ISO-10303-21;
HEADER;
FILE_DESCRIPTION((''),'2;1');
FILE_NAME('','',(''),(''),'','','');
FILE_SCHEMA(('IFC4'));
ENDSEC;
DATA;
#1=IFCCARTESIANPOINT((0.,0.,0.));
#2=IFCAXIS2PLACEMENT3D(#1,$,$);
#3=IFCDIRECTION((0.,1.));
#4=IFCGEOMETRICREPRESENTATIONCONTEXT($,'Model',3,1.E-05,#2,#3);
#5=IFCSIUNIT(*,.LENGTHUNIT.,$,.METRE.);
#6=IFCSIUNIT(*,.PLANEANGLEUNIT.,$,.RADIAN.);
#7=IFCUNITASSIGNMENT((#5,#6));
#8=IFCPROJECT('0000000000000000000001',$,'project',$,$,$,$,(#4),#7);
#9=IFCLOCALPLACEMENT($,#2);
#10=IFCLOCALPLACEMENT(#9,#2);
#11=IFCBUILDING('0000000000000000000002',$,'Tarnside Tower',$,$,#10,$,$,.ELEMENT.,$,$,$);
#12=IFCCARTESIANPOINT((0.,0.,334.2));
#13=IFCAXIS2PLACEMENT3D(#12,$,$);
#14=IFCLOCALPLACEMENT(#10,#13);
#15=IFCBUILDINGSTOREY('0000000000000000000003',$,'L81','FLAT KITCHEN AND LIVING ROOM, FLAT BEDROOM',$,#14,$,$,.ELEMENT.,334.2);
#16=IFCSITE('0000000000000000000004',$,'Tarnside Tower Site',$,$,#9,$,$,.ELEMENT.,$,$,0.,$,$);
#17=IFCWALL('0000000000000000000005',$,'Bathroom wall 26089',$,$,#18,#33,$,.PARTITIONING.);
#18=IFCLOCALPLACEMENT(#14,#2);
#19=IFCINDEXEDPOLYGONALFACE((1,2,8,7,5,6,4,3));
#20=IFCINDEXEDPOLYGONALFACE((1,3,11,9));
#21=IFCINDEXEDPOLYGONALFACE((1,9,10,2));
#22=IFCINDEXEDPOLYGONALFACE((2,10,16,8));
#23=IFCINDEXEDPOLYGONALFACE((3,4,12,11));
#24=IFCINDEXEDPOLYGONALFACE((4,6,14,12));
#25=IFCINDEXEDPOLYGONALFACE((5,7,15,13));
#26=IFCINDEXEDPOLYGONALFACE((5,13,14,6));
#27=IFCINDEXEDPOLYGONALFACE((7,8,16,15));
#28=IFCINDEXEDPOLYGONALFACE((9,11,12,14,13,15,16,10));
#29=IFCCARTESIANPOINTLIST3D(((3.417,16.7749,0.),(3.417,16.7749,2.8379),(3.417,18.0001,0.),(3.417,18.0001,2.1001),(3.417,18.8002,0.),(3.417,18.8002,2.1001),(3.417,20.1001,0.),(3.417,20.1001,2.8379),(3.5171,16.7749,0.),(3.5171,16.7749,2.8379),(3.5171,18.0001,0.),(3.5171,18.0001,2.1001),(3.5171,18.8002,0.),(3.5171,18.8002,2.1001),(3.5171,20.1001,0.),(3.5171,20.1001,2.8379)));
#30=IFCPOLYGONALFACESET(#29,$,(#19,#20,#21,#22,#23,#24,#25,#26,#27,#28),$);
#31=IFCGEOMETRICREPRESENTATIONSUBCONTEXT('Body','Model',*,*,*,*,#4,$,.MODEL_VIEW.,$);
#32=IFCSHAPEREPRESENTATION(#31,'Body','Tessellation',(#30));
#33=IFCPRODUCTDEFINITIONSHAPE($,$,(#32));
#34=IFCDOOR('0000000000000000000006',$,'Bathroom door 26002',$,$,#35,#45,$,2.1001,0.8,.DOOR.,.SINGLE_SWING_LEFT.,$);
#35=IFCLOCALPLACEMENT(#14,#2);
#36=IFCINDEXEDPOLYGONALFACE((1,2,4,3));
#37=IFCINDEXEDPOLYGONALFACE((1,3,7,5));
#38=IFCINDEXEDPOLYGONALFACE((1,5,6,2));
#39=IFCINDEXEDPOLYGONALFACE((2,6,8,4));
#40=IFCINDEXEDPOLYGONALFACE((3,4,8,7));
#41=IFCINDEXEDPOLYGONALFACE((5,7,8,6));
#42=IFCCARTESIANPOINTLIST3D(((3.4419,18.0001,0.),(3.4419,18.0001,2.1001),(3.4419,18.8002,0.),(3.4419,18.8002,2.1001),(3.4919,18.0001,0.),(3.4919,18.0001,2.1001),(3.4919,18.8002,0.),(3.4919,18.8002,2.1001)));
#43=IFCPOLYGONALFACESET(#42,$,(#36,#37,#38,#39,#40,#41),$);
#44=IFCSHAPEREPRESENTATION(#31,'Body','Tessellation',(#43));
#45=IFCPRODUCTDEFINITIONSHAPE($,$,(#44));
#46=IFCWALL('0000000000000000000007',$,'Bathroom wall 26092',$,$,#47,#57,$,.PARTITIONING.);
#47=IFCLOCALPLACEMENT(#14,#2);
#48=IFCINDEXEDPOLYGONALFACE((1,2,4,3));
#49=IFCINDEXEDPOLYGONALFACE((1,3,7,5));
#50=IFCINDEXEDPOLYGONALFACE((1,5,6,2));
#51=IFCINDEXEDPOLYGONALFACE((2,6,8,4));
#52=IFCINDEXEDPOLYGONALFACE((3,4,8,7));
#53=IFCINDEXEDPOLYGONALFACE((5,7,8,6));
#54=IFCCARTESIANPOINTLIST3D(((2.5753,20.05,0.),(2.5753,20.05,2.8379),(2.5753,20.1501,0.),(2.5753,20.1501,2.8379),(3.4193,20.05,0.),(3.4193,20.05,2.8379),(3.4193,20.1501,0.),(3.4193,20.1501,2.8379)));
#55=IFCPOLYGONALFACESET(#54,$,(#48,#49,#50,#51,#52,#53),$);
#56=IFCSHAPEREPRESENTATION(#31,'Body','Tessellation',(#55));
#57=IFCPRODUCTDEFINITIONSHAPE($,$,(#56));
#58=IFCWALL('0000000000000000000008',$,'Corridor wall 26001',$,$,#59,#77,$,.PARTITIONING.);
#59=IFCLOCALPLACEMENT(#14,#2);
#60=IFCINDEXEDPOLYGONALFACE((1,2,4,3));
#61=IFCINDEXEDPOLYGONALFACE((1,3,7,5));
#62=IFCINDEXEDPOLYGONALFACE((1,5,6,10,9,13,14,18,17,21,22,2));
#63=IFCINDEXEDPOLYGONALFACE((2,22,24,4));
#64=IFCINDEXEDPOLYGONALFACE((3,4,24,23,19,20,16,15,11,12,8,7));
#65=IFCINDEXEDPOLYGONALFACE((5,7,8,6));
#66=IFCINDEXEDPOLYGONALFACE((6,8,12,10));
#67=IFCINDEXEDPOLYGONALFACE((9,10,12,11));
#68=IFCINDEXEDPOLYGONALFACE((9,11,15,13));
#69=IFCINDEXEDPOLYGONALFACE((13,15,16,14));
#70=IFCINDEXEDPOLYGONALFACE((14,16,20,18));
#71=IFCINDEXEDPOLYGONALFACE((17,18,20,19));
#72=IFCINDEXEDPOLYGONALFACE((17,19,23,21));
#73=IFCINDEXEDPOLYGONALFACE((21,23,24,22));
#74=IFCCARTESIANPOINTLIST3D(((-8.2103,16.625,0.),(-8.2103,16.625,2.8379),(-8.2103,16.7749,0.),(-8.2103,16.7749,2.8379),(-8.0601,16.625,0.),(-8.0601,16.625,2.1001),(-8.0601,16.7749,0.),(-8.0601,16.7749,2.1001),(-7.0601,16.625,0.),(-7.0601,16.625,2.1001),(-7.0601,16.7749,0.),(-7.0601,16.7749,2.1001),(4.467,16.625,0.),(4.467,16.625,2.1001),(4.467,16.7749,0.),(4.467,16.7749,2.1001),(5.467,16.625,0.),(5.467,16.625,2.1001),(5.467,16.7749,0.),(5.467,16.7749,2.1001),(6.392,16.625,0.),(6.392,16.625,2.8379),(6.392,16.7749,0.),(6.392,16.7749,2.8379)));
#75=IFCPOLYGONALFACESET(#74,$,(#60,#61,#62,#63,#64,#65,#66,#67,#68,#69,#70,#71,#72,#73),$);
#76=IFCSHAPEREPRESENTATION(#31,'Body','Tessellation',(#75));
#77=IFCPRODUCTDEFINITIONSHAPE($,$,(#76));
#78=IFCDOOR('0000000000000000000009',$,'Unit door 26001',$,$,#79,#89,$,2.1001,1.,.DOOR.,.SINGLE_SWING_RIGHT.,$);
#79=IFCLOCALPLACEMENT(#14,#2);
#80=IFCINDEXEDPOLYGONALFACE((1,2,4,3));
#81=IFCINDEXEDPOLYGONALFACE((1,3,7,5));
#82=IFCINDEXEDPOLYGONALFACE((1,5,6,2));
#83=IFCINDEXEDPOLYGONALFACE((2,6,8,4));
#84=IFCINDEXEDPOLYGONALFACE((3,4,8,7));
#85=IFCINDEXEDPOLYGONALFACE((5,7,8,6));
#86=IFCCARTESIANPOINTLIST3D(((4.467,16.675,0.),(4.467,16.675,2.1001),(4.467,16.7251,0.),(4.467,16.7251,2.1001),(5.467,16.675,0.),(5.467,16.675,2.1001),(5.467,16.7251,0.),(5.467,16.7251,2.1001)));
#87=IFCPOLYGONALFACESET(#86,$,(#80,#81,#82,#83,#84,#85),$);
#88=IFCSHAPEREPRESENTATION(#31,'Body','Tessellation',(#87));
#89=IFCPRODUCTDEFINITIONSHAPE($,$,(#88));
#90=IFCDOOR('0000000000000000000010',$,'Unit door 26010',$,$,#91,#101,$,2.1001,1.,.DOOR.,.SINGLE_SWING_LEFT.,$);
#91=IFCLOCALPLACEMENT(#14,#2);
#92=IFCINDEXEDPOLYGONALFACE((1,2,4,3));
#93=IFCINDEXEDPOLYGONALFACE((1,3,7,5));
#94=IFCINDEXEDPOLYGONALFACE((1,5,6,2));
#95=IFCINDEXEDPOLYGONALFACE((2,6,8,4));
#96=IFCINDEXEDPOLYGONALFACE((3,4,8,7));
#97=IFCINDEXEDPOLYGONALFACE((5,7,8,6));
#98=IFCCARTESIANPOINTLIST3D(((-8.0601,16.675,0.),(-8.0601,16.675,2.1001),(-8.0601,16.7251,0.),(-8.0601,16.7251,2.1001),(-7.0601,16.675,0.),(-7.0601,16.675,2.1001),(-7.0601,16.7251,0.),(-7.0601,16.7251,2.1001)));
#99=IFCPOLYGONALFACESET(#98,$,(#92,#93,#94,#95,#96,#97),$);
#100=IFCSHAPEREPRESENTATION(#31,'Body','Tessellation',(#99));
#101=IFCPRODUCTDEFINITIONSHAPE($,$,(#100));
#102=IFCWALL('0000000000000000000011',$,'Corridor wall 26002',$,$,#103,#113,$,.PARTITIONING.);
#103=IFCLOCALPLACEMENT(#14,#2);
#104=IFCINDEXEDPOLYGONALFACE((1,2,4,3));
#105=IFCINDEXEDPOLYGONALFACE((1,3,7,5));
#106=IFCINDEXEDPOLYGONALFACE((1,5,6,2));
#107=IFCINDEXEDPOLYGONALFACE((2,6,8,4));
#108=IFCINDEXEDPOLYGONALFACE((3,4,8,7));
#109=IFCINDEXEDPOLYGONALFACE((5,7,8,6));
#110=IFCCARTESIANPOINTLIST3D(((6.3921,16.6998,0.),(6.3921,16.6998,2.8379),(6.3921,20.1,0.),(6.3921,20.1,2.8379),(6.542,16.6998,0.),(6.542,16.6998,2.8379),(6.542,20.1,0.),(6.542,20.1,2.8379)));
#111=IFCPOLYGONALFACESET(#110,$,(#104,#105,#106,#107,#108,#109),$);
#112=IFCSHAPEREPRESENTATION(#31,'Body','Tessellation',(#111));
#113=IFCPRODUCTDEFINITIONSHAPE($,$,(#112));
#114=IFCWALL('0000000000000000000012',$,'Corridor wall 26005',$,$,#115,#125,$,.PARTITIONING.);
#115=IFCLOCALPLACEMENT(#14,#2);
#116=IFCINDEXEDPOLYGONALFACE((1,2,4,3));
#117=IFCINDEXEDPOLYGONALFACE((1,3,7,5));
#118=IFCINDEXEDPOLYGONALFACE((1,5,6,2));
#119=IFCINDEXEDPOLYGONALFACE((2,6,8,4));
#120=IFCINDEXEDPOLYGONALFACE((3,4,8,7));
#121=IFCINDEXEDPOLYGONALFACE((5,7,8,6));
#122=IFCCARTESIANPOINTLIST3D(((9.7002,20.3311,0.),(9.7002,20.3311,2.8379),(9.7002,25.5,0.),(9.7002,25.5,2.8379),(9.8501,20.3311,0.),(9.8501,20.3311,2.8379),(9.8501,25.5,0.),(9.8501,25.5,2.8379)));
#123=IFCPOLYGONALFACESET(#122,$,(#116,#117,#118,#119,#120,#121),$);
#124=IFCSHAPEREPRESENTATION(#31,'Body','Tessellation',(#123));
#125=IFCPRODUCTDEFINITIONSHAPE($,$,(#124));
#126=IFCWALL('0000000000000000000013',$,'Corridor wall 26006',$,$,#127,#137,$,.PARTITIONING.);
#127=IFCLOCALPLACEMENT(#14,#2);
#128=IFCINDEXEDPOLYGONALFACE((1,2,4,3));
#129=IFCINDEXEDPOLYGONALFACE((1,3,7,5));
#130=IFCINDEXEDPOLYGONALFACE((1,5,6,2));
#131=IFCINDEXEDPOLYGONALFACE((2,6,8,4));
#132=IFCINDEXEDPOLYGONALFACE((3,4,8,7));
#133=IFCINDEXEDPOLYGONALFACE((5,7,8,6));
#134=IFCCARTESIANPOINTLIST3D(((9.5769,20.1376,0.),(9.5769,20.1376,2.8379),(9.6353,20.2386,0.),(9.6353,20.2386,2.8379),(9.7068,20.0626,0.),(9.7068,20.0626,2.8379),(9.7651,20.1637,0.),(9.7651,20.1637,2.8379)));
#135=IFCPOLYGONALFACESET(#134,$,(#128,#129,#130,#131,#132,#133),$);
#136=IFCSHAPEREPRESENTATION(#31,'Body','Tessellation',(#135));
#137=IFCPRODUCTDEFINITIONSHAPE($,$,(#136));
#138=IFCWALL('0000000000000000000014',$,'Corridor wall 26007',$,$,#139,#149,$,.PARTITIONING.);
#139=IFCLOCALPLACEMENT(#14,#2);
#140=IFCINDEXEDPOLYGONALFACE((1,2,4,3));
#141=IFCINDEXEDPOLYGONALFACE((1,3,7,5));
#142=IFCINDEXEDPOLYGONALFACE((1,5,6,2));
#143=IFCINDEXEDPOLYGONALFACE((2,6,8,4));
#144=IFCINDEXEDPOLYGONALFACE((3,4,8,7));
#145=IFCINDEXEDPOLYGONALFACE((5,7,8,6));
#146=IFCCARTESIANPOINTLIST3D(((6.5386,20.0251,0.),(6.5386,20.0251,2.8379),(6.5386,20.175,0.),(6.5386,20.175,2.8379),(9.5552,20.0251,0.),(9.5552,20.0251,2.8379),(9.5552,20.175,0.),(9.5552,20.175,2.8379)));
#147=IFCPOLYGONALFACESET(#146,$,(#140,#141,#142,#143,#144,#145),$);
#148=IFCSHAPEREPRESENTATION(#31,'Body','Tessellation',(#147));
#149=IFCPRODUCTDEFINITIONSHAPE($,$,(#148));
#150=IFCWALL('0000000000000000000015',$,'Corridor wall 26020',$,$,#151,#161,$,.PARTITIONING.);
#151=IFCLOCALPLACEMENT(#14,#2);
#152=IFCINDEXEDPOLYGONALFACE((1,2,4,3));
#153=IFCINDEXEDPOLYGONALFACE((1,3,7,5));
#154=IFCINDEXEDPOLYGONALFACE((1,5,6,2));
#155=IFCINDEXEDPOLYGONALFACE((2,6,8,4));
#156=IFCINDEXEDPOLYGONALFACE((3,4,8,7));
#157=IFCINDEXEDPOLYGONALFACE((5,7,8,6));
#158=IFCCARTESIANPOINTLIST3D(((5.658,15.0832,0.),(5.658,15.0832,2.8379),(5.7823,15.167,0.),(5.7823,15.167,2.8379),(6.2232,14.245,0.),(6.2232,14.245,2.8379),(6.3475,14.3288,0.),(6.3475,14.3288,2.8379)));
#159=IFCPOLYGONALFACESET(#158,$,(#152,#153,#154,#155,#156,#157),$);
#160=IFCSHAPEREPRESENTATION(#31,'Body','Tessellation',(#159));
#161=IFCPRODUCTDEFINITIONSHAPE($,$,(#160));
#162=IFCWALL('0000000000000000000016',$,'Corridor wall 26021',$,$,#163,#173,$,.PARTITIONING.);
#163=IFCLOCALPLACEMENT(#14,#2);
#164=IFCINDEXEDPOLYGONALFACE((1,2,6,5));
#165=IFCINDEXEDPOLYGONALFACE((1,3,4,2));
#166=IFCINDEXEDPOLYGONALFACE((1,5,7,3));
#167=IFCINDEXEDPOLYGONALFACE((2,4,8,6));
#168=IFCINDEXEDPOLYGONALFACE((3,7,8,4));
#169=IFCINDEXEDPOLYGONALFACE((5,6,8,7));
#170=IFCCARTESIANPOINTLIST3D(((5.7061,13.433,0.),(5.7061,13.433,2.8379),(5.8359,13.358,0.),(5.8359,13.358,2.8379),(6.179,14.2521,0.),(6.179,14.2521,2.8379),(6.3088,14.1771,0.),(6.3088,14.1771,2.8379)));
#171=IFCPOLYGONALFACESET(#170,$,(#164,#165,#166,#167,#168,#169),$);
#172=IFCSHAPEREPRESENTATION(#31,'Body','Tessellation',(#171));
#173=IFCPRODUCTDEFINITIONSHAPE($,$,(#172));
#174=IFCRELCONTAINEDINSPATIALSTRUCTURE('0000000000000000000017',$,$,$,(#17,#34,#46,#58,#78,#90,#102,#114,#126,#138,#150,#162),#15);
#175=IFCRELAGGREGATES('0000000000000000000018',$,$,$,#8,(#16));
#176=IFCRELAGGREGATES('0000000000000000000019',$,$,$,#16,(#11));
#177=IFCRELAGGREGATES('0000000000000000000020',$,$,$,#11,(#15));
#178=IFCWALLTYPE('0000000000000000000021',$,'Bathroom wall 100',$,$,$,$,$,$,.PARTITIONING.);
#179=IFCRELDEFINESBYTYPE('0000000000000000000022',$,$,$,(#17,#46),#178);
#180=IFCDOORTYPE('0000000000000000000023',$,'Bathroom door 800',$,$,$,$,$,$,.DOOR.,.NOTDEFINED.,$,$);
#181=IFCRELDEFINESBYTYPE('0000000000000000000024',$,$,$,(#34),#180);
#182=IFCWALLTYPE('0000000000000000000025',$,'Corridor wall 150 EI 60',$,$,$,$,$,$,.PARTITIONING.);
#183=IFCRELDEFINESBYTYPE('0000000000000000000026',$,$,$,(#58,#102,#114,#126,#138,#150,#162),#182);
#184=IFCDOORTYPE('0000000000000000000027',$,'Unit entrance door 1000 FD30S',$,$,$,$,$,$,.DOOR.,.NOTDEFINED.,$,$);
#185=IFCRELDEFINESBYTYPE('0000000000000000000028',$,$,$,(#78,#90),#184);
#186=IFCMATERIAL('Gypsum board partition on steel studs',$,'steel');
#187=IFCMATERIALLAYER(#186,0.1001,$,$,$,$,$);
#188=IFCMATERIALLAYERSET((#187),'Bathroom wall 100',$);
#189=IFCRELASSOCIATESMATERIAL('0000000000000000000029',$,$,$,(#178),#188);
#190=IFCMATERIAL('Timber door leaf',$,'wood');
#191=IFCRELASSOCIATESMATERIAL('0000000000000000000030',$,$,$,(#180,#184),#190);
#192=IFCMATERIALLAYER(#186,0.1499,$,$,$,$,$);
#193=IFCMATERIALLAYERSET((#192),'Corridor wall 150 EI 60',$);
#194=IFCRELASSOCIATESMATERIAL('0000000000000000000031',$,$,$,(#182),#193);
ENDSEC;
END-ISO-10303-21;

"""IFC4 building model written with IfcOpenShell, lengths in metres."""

from ifc_helpers import new_model, si_unit, direction, frame, frame_2d, origin, place, context, subcontext, project, spatial, rectangle, extrude, material, layer, layer_set, type_object, element, fill, save


model = new_model("IFC4")

# Units and contexts
model_context = context("Model", 3, precision=1e-05, world=origin(), true_north=direction((0.0, 1.0)))
body_context = subcontext(model_context, "Body", "Model", "MODEL_VIEW")
ifc_project = project(units=[si_unit("LENGTHUNIT", "METRE"), si_unit("PLANEANGLEUNIT", "RADIAN")], contexts=[model_context])

# Site, building, storey
site_placement = place(None, origin())
site = spatial("IfcSite", under=ifc_project, at=site_placement, Name="Tarnside Tower Site", CompositionType="ELEMENT", RefElevation=0.0)
building_placement = place(site_placement, origin())
building = spatial("IfcBuilding", under=site, at=building_placement, Name="Tarnside Tower", CompositionType="ELEMENT")
storey_placement = place(building_placement, frame((0.0, 0.0, 334.2)))
storey = spatial("IfcBuildingStorey", under=building, at=storey_placement, Name="L81", Description="FLAT KITCHEN AND LIVING ROOM, FLAT BEDROOM", CompositionType="ELEMENT", Elevation=334.2)

# Shared definitions
ifc_material_1 = material(Name="Gypsum board partition on steel studs", Category="steel")
ifc_layer_1 = layer(ifc_material_1, 0.1001)
ifc_layer_set_1 = layer_set([ifc_layer_1], Name="Bathroom wall 100")
wall_type_1 = type_object("IfcWallType", Name="Bathroom wall 100", PredefinedType="PARTITIONING", material=ifc_layer_set_1)

# Wall, opening, door
wall_1_placement = place(storey_placement, frame((3.467, 20.1001, 0.0), z_axis=(0.0, 0.0, 1.0), x_axis=(0.0, -1.0, 0.0)))
wall_1 = element("IfcWall", 1, at=wall_1_placement, inside=storey, type_object=wall_type_1, Name="Bathroom wall 26089", PredefinedType="PARTITIONING", context=body_context, shape_type="SweptSolid", body=[
    extrude(rectangle(XDim=3.3252, YDim=0.1001, at=frame_2d((1.6626, 0.0))), origin(), (0.0, 0.0, 1.0), 2.8379),
])
opening_1_placement = place(wall_1_placement, frame((1.3, 0.0, 0.0)))
opening_1 = element("IfcOpeningElement", 2, at=opening_1_placement, cuts=wall_1, PredefinedType="OPENING", context=body_context, shape_type="SweptSolid", body=[
    extrude(rectangle(XDim=0.8, YDim=2.1001, at=frame_2d((0.3999, 1.05))), frame((0.0, 0.0601, 0.0), z_axis=(0.0, -1.0, 0.0), x_axis=(1.0, 0.0, 0.0)), (0.0, 0.0, 1.0), 0.1201),
])
ifc_material_2 = material(Name="Timber door leaf", Category="wood")
door_type_1 = type_object("IfcDoorType", Name="Bathroom door 800", OperationType="NOTDEFINED", PredefinedType="DOOR", material=ifc_material_2)
door_1_placement = place(opening_1_placement, origin())
door_1 = element("IfcDoor", 3, at=door_1_placement, inside=storey, type_object=door_type_1, Name="Bathroom door 26002", OperationType="SINGLE_SWING_LEFT", OverallHeight=2.1001, OverallWidth=0.8, PredefinedType="DOOR", context=body_context, shape_type="SweptSolid", body=[
    extrude(rectangle(XDim=0.8, YDim=2.1001, at=frame_2d((0.3999, 1.05))), frame((0.0, 0.0249, 0.0), z_axis=(0.0, -1.0, 0.0), x_axis=(1.0, 0.0, 0.0)), (0.0, 0.0, 1.0), 0.05),
])
fill(opening_1, door_1)

# Wall
wall_2_placement = place(storey_placement, frame((3.4192, 20.1001, 0.0), z_axis=(0.0, 0.0, 1.0), x_axis=(-1.0, 0.0, 0.0)))
element("IfcWall", 4, at=wall_2_placement, inside=storey, type_object=wall_type_1, Name="Bathroom wall 26092", PredefinedType="PARTITIONING", context=body_context, shape_type="SweptSolid", body=[
    extrude(rectangle(XDim=0.844, YDim=0.1001, at=frame_2d((0.4219, 0.0))), origin(), (0.0, 0.0, 1.0), 2.8379),
])

# Wall, openings, doors
ifc_layer_2 = layer(ifc_material_1, 0.1499)
ifc_layer_set_2 = layer_set([ifc_layer_2], Name="Corridor wall 150 EI 60")
wall_type_2 = type_object("IfcWallType", Name="Corridor wall 150 EI 60", PredefinedType="PARTITIONING", material=ifc_layer_set_2)
wall_3_placement = place(storey_placement, frame((6.3921, 16.7, 0.0), z_axis=(0.0, 0.0, 1.0), x_axis=(-1.0, 0.0, 0.0)))
wall_3 = element("IfcWall", 5, at=wall_3_placement, inside=storey, type_object=wall_type_2, Name="Corridor wall 26001", PredefinedType="PARTITIONING", context=body_context, shape_type="SweptSolid", body=[
    extrude(rectangle(XDim=14.6023, YDim=0.1499, at=frame_2d((7.3013, 0.0))), origin(), (0.0, 0.0, 1.0), 2.8379),
])
opening_2_placement = place(wall_3_placement, frame((0.925, 0.0, 0.0)))
opening_2 = element("IfcOpeningElement", 6, at=opening_2_placement, cuts=wall_3, PredefinedType="OPENING", context=body_context, shape_type="SweptSolid", body=[
    extrude(rectangle(XDim=1.0, YDim=2.1001, at=frame_2d((0.5, 1.05))), frame((0.0, 0.085, 0.0), z_axis=(0.0, -1.0, 0.0), x_axis=(1.0, 0.0, 0.0)), (0.0, 0.0, 1.0), 0.1699),
])
opening_3_placement = place(wall_3_placement, frame((13.4521, 0.0, 0.0)))
opening_3 = element("IfcOpeningElement", 7, at=opening_3_placement, cuts=wall_3, PredefinedType="OPENING", context=body_context, shape_type="SweptSolid", body=[
    extrude(rectangle(XDim=1.0, YDim=2.1001, at=frame_2d((0.5, 1.05))), frame((0.0, 0.085, 0.0), z_axis=(0.0, -1.0, 0.0), x_axis=(1.0, 0.0, 0.0)), (0.0, 0.0, 1.0), 0.1699),
])
door_type_2 = type_object("IfcDoorType", Name="Unit entrance door 1000 FD30S", OperationType="NOTDEFINED", PredefinedType="DOOR", material=ifc_material_2)
door_2_placement = place(opening_2_placement, origin())
door_2 = element("IfcDoor", 8, at=door_2_placement, inside=storey, type_object=door_type_2, Name="Unit door 26001", OperationType="SINGLE_SWING_RIGHT", OverallHeight=2.1001, OverallWidth=1.0, PredefinedType="DOOR", context=body_context, shape_type="SweptSolid", body=[
    extrude(rectangle(XDim=1.0, YDim=2.1001, at=frame_2d((0.5, 1.05))), frame((0.0, 0.0249, 0.0), z_axis=(0.0, -1.0, 0.0), x_axis=(1.0, 0.0, 0.0)), (0.0, 0.0, 1.0), 0.05),
])
fill(opening_2, door_2)
door_3_placement = place(opening_3_placement, origin())
door_3 = element("IfcDoor", 9, at=door_3_placement, inside=storey, type_object=door_type_2, Name="Unit door 26010", OperationType="SINGLE_SWING_LEFT", OverallHeight=2.1001, OverallWidth=1.0, PredefinedType="DOOR", context=body_context, shape_type="SweptSolid", body=[
    extrude(rectangle(XDim=1.0, YDim=2.1001, at=frame_2d((0.5, 1.05))), frame((0.0, 0.0249, 0.0), z_axis=(0.0, -1.0, 0.0), x_axis=(1.0, 0.0, 0.0)), (0.0, 0.0, 1.0), 0.05),
])
fill(opening_3, door_3)

# Walls
wall_4_placement = place(storey_placement, frame((6.467, 20.1001, 0.0), z_axis=(0.0, 0.0, 1.0), x_axis=(0.0, -1.0, 0.0)))
element("IfcWall", 10, at=wall_4_placement, inside=storey, type_object=wall_type_2, Name="Corridor wall 26002", PredefinedType="PARTITIONING", context=body_context, shape_type="SweptSolid", body=[
    extrude(rectangle(XDim=3.4001, YDim=0.1499, at=frame_2d((1.7002, 0.0))), origin(), (0.0, 0.0, 1.0), 2.8379),
])
wall_5_placement = place(storey_placement, frame((9.7751, 25.5, 0.0), z_axis=(0.0, 0.0, 1.0), x_axis=(0.0, -1.0, 0.0)))
element("IfcWall", 11, at=wall_5_placement, inside=storey, type_object=wall_type_2, Name="Corridor wall 26005", PredefinedType="PARTITIONING", context=body_context, shape_type="SweptSolid", body=[
    extrude(rectangle(XDim=5.1689, YDim=0.1499, at=frame_2d((2.5845, 0.0))), origin(), (0.0, 0.0, 1.0), 2.8379),
])
wall_6_placement = place(storey_placement, frame((9.7002, 20.2012, 0.0), z_axis=(0.0, 0.0, 1.0), x_axis=(-0.499964, -0.866046, 0.0)))
element("IfcWall", 12, at=wall_6_placement, inside=storey, type_object=wall_type_2, Name="Corridor wall 26006", PredefinedType="PARTITIONING", context=body_context, shape_type="SweptSolid", body=[
    extrude(rectangle(XDim=0.1167, YDim=0.1499, at=frame_2d((0.0583, 0.0))), origin(), (0.0, 0.0, 1.0), 2.8379),
])
wall_7_placement = place(storey_placement, frame((9.5552, 20.1001, 0.0), z_axis=(0.0, 0.0, 1.0), x_axis=(-1.0, 0.0, 0.0)))
element("IfcWall", 13, at=wall_7_placement, inside=storey, type_object=wall_type_2, Name="Corridor wall 26007", PredefinedType="PARTITIONING", context=body_context, shape_type="SweptSolid", body=[
    extrude(rectangle(XDim=3.0166, YDim=0.1499, at=frame_2d((1.5083, 0.0))), origin(), (0.0, 0.0, 1.0), 2.8379),
])
wall_8_placement = place(storey_placement, frame((5.7202, 15.125, 0.0), z_axis=(0.0, 0.0, 1.0), x_axis=(0.559095, -0.829103, 0.0)))
element("IfcWall", 14, at=wall_8_placement, inside=storey, type_object=wall_type_2, Name="Corridor wall 26020", PredefinedType="PARTITIONING", context=body_context, shape_type="SweptSolid", body=[
    extrude(rectangle(XDim=1.011, YDim=0.1499, at=frame_2d((0.5054, 0.0))), origin(), (0.0, 0.0, 1.0), 2.8379),
])
wall_9_placement = place(storey_placement, frame((6.2439, 14.2146, 0.0), z_axis=(0.0, 0.0, 1.0), x_axis=(-0.499998, -0.866027, 0.0)))
element("IfcWall", 15, at=wall_9_placement, inside=storey, type_object=wall_type_2, Name="Corridor wall 26021", PredefinedType="PARTITIONING", context=body_context, shape_type="SweptSolid", body=[
    extrude(rectangle(XDim=0.9458, YDim=0.1499, at=frame_2d((0.4729, 0.0))), origin(), (0.0, 0.0, 1.0), 2.8379),
])

save(model, "model.ifc")
